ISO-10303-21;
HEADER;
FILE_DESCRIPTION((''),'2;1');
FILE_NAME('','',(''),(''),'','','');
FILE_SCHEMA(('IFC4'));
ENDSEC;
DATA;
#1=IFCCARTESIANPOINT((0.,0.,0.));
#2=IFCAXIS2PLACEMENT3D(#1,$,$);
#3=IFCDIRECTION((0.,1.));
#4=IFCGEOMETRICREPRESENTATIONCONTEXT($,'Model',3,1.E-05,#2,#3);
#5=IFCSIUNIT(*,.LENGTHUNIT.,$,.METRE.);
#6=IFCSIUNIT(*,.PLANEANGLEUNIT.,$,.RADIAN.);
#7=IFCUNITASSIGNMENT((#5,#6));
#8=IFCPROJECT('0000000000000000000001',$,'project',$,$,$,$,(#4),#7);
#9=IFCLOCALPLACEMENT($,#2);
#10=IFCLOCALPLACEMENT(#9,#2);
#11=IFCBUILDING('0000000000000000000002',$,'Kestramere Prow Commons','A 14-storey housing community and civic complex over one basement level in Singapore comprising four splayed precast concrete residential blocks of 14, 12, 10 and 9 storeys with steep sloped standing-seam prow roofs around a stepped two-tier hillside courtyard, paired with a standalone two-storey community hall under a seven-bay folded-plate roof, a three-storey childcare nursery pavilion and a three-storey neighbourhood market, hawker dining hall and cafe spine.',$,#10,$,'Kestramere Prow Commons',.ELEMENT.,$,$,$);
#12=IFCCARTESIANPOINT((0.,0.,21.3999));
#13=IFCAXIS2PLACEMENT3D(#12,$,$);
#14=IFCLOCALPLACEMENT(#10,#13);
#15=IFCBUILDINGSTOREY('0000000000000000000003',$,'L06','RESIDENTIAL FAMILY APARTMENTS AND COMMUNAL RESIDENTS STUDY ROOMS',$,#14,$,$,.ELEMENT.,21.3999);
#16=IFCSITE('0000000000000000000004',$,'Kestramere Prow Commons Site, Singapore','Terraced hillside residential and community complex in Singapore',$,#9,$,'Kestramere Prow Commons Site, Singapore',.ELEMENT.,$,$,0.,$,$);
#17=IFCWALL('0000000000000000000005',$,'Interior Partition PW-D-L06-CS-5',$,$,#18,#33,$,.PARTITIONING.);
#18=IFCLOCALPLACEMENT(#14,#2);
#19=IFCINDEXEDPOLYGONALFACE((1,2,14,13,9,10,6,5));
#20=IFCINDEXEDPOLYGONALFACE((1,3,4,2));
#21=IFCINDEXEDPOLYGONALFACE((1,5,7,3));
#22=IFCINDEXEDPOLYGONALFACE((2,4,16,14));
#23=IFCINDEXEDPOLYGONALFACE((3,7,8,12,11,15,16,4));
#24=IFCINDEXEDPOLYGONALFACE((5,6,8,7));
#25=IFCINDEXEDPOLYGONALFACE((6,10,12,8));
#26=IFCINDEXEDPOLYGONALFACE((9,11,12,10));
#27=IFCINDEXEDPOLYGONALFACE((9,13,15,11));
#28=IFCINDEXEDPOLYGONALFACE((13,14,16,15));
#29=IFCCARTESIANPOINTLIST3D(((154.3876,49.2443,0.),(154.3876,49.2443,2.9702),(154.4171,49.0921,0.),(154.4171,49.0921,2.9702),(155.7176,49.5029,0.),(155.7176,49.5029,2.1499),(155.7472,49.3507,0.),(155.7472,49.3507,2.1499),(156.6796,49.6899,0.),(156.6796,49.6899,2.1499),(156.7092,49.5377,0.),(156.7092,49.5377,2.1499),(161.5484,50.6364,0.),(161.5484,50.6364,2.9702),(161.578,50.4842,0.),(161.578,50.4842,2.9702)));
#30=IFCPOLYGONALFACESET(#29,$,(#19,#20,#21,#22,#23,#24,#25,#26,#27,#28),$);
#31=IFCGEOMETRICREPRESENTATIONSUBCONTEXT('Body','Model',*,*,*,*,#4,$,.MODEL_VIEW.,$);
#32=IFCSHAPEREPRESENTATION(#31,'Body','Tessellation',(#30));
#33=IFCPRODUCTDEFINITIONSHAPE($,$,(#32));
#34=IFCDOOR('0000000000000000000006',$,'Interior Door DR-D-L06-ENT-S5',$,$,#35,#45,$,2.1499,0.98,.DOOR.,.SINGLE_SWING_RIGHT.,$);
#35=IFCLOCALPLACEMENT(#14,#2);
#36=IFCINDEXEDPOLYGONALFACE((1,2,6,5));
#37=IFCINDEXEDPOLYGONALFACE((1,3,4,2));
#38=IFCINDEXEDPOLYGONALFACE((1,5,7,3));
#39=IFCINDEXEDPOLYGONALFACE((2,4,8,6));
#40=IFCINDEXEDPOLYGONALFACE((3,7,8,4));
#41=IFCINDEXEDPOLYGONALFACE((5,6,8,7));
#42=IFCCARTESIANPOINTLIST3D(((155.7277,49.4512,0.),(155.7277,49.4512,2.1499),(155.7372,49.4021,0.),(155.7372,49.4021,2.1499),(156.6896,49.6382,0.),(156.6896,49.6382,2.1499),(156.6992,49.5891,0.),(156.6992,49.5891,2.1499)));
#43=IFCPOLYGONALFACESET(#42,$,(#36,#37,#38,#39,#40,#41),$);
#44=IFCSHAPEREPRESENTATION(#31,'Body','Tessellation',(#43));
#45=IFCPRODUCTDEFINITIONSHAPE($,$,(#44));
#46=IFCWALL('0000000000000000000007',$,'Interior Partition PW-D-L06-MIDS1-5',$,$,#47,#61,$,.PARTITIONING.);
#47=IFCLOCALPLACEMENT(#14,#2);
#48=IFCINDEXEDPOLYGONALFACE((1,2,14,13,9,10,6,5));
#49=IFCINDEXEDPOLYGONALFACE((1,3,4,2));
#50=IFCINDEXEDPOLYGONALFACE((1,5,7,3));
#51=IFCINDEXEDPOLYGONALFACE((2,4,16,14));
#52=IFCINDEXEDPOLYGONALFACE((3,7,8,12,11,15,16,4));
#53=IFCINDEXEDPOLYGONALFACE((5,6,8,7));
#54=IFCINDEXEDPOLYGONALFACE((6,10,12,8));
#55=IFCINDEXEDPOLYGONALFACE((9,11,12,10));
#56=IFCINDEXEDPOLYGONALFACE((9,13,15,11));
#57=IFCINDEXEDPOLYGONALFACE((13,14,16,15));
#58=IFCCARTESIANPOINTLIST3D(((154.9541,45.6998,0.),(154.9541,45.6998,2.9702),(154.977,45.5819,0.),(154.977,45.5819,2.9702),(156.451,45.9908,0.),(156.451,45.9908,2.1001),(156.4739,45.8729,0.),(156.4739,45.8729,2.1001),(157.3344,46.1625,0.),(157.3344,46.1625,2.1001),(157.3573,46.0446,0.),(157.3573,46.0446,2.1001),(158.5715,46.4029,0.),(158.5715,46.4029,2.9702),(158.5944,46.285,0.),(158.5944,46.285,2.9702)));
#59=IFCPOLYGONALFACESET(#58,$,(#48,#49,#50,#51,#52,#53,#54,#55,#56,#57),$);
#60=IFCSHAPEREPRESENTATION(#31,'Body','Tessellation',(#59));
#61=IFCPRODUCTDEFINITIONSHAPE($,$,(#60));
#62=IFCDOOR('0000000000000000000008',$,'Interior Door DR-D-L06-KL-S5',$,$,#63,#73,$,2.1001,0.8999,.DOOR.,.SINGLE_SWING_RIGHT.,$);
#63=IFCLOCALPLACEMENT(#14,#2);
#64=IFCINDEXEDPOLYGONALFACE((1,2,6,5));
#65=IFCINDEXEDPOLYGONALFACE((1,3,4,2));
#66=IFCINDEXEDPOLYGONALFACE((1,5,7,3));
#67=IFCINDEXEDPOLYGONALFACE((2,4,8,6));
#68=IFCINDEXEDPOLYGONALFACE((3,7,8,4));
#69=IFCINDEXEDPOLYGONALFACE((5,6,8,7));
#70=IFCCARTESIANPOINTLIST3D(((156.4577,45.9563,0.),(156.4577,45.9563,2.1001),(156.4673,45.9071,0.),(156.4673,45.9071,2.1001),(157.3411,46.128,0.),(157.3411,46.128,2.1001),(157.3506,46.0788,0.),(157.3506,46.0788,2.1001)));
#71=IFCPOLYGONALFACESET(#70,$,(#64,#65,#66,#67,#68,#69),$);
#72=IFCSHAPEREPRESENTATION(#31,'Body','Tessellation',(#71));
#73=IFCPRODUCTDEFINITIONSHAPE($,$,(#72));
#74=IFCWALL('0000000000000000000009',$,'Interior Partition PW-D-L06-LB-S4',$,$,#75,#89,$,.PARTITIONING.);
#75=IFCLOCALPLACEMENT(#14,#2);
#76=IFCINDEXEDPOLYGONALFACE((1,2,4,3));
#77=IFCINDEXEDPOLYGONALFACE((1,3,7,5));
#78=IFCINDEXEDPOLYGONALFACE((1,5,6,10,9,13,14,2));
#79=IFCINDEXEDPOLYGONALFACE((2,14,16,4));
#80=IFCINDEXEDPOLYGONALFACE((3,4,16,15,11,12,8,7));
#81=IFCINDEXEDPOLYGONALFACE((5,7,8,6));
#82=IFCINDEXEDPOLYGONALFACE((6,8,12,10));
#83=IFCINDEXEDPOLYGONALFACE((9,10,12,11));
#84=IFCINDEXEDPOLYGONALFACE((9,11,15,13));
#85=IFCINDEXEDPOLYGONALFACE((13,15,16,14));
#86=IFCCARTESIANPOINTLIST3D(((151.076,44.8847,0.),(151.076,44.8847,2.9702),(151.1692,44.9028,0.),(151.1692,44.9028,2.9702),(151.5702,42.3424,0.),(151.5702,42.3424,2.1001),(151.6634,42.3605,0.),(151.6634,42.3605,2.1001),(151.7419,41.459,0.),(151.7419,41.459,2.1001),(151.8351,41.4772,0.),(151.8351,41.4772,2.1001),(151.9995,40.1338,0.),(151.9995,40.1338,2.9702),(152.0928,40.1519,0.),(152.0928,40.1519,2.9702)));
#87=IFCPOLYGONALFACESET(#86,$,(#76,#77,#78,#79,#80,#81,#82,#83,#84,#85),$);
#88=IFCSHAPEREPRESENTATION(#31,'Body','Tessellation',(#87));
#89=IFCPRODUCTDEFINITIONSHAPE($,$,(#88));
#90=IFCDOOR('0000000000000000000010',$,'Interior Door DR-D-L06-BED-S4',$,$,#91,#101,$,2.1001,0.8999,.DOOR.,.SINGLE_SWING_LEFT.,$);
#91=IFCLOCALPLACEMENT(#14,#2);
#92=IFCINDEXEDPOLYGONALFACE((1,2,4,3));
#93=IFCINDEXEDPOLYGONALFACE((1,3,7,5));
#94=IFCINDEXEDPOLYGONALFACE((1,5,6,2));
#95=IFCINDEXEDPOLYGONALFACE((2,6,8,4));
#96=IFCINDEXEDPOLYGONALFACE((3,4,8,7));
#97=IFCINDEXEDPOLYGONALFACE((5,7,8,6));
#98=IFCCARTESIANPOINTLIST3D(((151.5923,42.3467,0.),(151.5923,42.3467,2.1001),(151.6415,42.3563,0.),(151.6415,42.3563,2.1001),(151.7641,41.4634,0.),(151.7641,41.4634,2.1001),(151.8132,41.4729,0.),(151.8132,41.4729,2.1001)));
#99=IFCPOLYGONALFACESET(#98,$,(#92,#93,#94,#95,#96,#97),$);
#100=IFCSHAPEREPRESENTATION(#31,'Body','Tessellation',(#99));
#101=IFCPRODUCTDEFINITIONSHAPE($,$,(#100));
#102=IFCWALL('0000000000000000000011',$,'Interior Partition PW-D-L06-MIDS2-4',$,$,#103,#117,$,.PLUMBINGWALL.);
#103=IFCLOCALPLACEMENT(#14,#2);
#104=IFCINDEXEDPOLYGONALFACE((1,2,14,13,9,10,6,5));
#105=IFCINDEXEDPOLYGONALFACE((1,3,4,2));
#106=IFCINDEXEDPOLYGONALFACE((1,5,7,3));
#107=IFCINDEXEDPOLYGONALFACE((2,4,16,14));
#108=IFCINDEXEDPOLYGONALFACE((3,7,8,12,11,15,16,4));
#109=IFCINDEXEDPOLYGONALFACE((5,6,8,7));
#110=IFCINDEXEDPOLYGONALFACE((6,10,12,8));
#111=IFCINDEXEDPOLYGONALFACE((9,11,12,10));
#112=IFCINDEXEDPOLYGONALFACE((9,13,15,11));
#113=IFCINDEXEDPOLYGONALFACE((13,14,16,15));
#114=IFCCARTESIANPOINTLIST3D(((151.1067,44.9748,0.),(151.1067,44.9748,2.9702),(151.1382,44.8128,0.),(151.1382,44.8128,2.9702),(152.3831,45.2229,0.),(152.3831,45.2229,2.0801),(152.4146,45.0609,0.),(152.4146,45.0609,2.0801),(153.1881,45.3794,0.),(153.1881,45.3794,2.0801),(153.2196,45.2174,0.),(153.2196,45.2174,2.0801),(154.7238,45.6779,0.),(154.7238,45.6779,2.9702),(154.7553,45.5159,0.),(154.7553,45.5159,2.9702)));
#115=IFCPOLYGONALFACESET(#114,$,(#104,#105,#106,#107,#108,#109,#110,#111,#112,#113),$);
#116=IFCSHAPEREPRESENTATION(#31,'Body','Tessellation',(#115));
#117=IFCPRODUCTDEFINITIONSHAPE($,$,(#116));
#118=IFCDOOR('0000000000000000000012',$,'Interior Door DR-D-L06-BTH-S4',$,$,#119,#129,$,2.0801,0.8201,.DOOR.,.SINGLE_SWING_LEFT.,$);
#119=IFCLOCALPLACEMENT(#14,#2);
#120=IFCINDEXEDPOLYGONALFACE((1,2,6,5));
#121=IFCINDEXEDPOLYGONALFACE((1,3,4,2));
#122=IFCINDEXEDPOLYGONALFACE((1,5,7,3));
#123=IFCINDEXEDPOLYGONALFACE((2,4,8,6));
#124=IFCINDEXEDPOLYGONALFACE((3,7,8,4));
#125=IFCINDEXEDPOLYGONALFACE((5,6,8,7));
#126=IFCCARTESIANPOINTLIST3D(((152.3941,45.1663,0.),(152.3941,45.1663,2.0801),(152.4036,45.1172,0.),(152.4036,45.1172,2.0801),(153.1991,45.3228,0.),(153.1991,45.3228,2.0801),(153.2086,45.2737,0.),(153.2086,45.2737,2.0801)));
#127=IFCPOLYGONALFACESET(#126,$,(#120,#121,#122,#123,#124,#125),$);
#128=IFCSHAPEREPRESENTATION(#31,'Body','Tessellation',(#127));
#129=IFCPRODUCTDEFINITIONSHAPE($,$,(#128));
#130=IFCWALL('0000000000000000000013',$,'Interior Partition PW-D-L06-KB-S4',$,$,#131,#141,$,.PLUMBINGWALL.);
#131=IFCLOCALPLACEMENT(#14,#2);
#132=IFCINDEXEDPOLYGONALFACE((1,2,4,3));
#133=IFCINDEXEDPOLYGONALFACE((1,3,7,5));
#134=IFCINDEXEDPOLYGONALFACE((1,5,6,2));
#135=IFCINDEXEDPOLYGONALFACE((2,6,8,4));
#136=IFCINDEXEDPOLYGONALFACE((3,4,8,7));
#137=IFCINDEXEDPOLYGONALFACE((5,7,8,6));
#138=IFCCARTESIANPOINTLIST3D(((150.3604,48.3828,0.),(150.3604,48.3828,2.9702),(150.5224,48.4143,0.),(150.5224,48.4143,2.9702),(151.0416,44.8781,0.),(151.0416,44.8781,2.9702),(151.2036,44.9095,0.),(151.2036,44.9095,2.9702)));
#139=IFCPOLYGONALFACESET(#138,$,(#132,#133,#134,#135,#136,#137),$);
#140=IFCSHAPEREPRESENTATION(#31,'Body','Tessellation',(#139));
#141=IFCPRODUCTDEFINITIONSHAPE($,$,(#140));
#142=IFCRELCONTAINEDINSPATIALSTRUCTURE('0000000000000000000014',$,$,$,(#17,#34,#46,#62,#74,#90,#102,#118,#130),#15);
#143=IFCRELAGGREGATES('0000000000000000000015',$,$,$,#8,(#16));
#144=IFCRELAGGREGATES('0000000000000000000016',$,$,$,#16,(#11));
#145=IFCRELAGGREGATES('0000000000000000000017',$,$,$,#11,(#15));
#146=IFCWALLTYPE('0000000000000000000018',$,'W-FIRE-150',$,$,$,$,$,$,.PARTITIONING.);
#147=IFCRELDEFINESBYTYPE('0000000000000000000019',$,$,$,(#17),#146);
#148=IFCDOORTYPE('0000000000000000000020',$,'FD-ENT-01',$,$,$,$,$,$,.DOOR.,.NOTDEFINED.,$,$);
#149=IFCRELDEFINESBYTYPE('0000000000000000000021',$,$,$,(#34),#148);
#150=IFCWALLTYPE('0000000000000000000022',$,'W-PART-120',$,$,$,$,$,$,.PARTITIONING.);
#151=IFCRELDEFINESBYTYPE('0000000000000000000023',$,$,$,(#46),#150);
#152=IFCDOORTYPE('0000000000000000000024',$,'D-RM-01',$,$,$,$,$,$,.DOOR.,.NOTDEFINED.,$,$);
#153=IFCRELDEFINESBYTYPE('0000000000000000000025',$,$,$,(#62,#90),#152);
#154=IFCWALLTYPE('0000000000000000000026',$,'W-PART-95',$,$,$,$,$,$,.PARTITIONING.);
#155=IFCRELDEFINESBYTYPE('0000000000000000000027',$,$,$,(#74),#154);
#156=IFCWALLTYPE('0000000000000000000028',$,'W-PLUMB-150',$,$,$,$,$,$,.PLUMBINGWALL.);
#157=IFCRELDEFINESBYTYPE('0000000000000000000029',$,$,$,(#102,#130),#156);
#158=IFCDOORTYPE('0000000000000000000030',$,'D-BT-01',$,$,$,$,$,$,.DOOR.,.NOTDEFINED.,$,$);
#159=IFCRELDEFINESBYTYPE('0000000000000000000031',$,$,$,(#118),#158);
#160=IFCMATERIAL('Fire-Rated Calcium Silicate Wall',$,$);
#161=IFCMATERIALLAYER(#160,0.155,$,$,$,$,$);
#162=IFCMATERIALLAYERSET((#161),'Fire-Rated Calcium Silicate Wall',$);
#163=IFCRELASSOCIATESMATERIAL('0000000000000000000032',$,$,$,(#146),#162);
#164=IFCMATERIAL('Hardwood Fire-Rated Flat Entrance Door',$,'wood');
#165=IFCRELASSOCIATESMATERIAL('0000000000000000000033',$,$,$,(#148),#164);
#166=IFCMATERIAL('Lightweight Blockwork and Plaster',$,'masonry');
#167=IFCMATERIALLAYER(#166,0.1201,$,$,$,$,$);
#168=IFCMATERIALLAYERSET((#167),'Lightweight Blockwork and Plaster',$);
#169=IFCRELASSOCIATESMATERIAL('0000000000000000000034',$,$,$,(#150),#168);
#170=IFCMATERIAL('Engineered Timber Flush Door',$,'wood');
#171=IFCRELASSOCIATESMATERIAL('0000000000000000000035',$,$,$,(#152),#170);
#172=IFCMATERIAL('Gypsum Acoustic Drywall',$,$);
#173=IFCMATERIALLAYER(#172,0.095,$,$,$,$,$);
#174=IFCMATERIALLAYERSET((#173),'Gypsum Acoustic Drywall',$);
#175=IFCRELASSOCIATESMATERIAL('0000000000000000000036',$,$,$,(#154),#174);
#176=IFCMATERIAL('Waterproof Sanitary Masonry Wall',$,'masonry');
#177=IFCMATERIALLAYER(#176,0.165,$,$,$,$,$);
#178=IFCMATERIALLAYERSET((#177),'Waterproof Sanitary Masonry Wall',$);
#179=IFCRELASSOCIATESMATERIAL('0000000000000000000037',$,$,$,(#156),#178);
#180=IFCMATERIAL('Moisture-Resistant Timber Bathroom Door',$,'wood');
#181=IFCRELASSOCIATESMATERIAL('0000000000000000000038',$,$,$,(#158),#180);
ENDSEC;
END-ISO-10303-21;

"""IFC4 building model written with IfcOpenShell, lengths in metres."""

from ifc_helpers import new_model, si_unit, direction, frame, frame_2d, origin, place, context, subcontext, project, spatial, rectangle, extrude, material, layer, layer_set, type_object, element, fill, save


model = new_model("IFC4")

# Units and contexts
model_context = context("Model", 3, precision=1e-05, world=origin(), true_north=direction((0.0, 1.0)))
body_context = subcontext(model_context, "Body", "Model", "MODEL_VIEW")
ifc_project = project(units=[si_unit("LENGTHUNIT", "METRE"), si_unit("PLANEANGLEUNIT", "RADIAN")], contexts=[model_context])

# Site, building, storey
site_placement = place(None, origin())
site = spatial("IfcSite", under=ifc_project, at=site_placement, Name="Kestramere Prow Commons Site, Singapore", Description="Terraced hillside residential and community complex in Singapore", LongName="Kestramere Prow Commons Site, Singapore", CompositionType="ELEMENT", RefElevation=0.0)
building_placement = place(site_placement, origin())
building = spatial("IfcBuilding", under=site, at=building_placement, Name="Kestramere Prow Commons", Description="A 14-storey housing community and civic complex over one basement level in Singapore comprising four splayed precast concrete residential blocks of 14, 12, 10 and 9 storeys with steep sloped standing-seam prow roofs around a stepped two-tier hillside courtyard, paired with a standalone two-storey community hall under a seven-bay folded-plate roof, a three-storey childcare nursery pavilion and a three-storey neighbourhood market, hawker dining hall and cafe spine.", LongName="Kestramere Prow Commons", CompositionType="ELEMENT")
storey_placement = place(building_placement, frame((0.0, 0.0, 21.3999)))
storey = spatial("IfcBuildingStorey", under=building, at=storey_placement, Name="L06", Description="RESIDENTIAL FAMILY APARTMENTS AND COMMUNAL RESIDENTS STUDY ROOMS", CompositionType="ELEMENT", Elevation=21.3999)

# Walls, openings, doors
ifc_material_1 = material(Name="Fire-Rated Calcium Silicate Wall")
ifc_layer_1 = layer(ifc_material_1, 0.155)
ifc_layer_set_1 = layer_set([ifc_layer_1], Name="Fire-Rated Calcium Silicate Wall")
wall_type_1 = type_object("IfcWallType", Name="W-FIRE-150", PredefinedType="PARTITIONING", material=ifc_layer_set_1)
wall_1_placement = place(storey_placement, frame((154.4023, 49.1682, 0.0), z_axis=(0.0, 0.0, 1.0), x_axis=(0.981623, 0.190829, 0.0)))
wall_1 = element("IfcWall", 1, at=wall_1_placement, inside=storey, type_object=wall_type_1, Name="Interior Partition PW-D-L06-CS-5", PredefinedType="PARTITIONING", context=body_context, shape_type="SweptSolid", body=[
    extrude(rectangle(XDim=7.2949, YDim=0.155, at=frame_2d((3.6475, 0.0))), origin(), (0.0, 0.0, 1.0), 2.9702),
])
opening_1_placement = place(wall_1_placement, frame((1.355, 0.0, 0.0)))
opening_1 = element("IfcOpeningElement", 2, at=opening_1_placement, cuts=wall_1, PredefinedType="OPENING", context=body_context, shape_type="SweptSolid", body=[
    extrude(rectangle(XDim=0.98, YDim=2.1499, at=frame_2d((0.49, 1.075))), frame((0.0, 0.0925, 0.0), z_axis=(0.0, -1.0, 0.0), x_axis=(1.0, 0.0, 0.0)), (0.0, 0.0, 1.0), 0.1851),
])
ifc_material_2 = material(Name="Hardwood Fire-Rated Flat Entrance Door", Category="wood")
door_type_1 = type_object("IfcDoorType", Name="FD-ENT-01", OperationType="NOTDEFINED", PredefinedType="DOOR", material=ifc_material_2)
door_1_placement = place(opening_1_placement, origin())
door_1 = element("IfcDoor", 3, at=door_1_placement, inside=storey, type_object=door_type_1, Name="Interior Door DR-D-L06-ENT-S5", OperationType="SINGLE_SWING_RIGHT", OverallHeight=2.1499, OverallWidth=0.98, PredefinedType="DOOR", context=body_context, shape_type="SweptSolid", body=[
    extrude(rectangle(XDim=0.98, YDim=2.1499, at=frame_2d((0.49, 1.075))), frame((0.0, 0.0249, 0.0), z_axis=(0.0, -1.0, 0.0), x_axis=(1.0, 0.0, 0.0)), (0.0, 0.0, 1.0), 0.05),
])
fill(opening_1, door_1)
ifc_material_3 = material(Name="Lightweight Blockwork and Plaster", Category="masonry")
ifc_layer_2 = layer(ifc_material_3, 0.1201)
ifc_layer_set_2 = layer_set([ifc_layer_2], Name="Lightweight Blockwork and Plaster")
wall_type_2 = type_object("IfcWallType", Name="W-PART-120", PredefinedType="PARTITIONING", material=ifc_layer_set_2)
wall_2_placement = place(storey_placement, frame((154.9656, 45.6409, 0.0), z_axis=(0.0, 0.0, 1.0), x_axis=(0.981629, 0.190801, 0.0)))
wall_2 = element("IfcWall", 4, at=wall_2_placement, inside=storey, type_object=wall_type_2, Name="Interior Partition PW-D-L06-MIDS1-5", PredefinedType="PARTITIONING", context=body_context, shape_type="SweptSolid", body=[
    extrude(rectangle(XDim=3.6851, YDim=0.1201, at=frame_2d((1.8425, 0.0))), origin(), (0.0, 0.0, 1.0), 2.9702),
])
opening_2_placement = place(wall_2_placement, frame((1.5249, 0.0, 0.0)))
opening_2 = element("IfcOpeningElement", 5, at=opening_2_placement, cuts=wall_2, PredefinedType="OPENING", context=body_context, shape_type="SweptSolid", body=[
    extrude(rectangle(XDim=0.8999, YDim=2.1001, at=frame_2d((0.45, 1.05))), frame((0.0, 0.075, 0.0), z_axis=(0.0, -1.0, 0.0), x_axis=(1.0, 0.0, 0.0)), (0.0, 0.0, 1.0), 0.1501),
])
ifc_material_4 = material(Name="Engineered Timber Flush Door", Category="wood")
door_type_2 = type_object("IfcDoorType", Name="D-RM-01", OperationType="NOTDEFINED", PredefinedType="DOOR", material=ifc_material_4)
door_2_placement = place(opening_2_placement, origin())
door_2 = element("IfcDoor", 6, at=door_2_placement, inside=storey, type_object=door_type_2, Name="Interior Door DR-D-L06-KL-S5", OperationType="SINGLE_SWING_RIGHT", OverallHeight=2.1001, OverallWidth=0.8999, PredefinedType="DOOR", context=body_context, shape_type="SweptSolid", body=[
    extrude(rectangle(XDim=0.8999, YDim=2.1001, at=frame_2d((0.45, 1.05))), frame((0.0, 0.0249, 0.0), z_axis=(0.0, -1.0, 0.0), x_axis=(1.0, 0.0, 0.0)), (0.0, 0.0, 1.0), 0.05),
])
fill(opening_2, door_2)
ifc_material_5 = material(Name="Gypsum Acoustic Drywall")
ifc_layer_3 = layer(ifc_material_5, 0.095)
ifc_layer_set_3 = layer_set([ifc_layer_3], Name="Gypsum Acoustic Drywall")
wall_type_3 = type_object("IfcWallType", Name="W-PART-95", PredefinedType="PARTITIONING", material=ifc_layer_set_3)
wall_3_placement = place(storey_placement, frame((152.0461, 40.1428, 0.0), z_axis=(0.0, 0.0, 1.0), x_axis=(-0.190826, 0.981624, 0.0)))
wall_3 = element("IfcWall", 7, at=wall_3_placement, inside=storey, type_object=wall_type_3, Name="Interior Partition PW-D-L06-LB-S4", PredefinedType="PARTITIONING", context=body_context, shape_type="SweptSolid", body=[
    extrude(rectangle(XDim=4.8398, YDim=0.095, at=frame_2d((2.4199, 0.0))), origin(), (0.0, 0.0, 1.0), 2.9702),
])
opening_3_placement = place(wall_3_placement, frame((1.3501, 0.0, 0.0)))
opening_3 = element("IfcOpeningElement", 8, at=opening_3_placement, cuts=wall_3, PredefinedType="OPENING", context=body_context, shape_type="SweptSolid", body=[
    extrude(rectangle(XDim=0.8999, YDim=2.1001, at=frame_2d((0.45, 1.05))), frame((0.0, 0.0625, 0.0), z_axis=(0.0, -1.0, 0.0), x_axis=(1.0, 0.0, 0.0)), (0.0, 0.0, 1.0), 0.125),
])
door_3_placement = place(opening_3_placement, origin())
door_3 = element("IfcDoor", 9, at=door_3_placement, inside=storey, type_object=door_type_2, Name="Interior Door DR-D-L06-BED-S4", OperationType="SINGLE_SWING_LEFT", OverallHeight=2.1001, OverallWidth=0.8999, PredefinedType="DOOR", context=body_context, shape_type="SweptSolid", body=[
    extrude(rectangle(XDim=0.8999, YDim=2.1001, at=frame_2d((0.45, 1.05))), frame((0.0, 0.0249, 0.0), z_axis=(0.0, -1.0, 0.0), x_axis=(1.0, 0.0, 0.0)), (0.0, 0.0, 1.0), 0.05),
])
fill(opening_3, door_3)
ifc_material_6 = material(Name="Waterproof Sanitary Masonry Wall", Category="masonry")
ifc_layer_4 = layer(ifc_material_6, 0.165)
ifc_layer_set_4 = layer_set([ifc_layer_4], Name="Waterproof Sanitary Masonry Wall")
wall_type_4 = type_object("IfcWallType", Name="W-PLUMB-150", PredefinedType="PLUMBINGWALL", material=ifc_layer_set_4)
wall_4_placement = place(storey_placement, frame((151.1226, 44.8938, 0.0), z_axis=(0.0, 0.0, 1.0), x_axis=(0.981626, 0.190813, 0.0)))
wall_4 = element("IfcWall", 10, at=wall_4_placement, inside=storey, type_object=wall_type_4, Name="Interior Partition PW-D-L06-MIDS2-4", PredefinedType="PLUMBINGWALL", context=body_context, shape_type="SweptSolid", body=[
    extrude(rectangle(XDim=3.6848, YDim=0.165, at=frame_2d((1.8423, 0.0))), origin(), (0.0, 0.0, 1.0), 2.9702),
])
opening_4_placement = place(wall_4_placement, frame((1.3, 0.0, 0.0)))
opening_4 = element("IfcOpeningElement", 11, at=opening_4_placement, cuts=wall_4, PredefinedType="OPENING", context=body_context, shape_type="SweptSolid", body=[
    extrude(rectangle(XDim=0.8201, YDim=2.0801, at=frame_2d((0.4102, 1.04))), frame((0.0, 0.0974, 0.0), z_axis=(0.0, -1.0, 0.0), x_axis=(1.0, 0.0, 0.0)), (0.0, 0.0, 1.0), 0.1951),
])
ifc_material_7 = material(Name="Moisture-Resistant Timber Bathroom Door", Category="wood")
door_type_3 = type_object("IfcDoorType", Name="D-BT-01", OperationType="NOTDEFINED", PredefinedType="DOOR", material=ifc_material_7)
door_4_placement = place(opening_4_placement, origin())
door_4 = element("IfcDoor", 12, at=door_4_placement, inside=storey, type_object=door_type_3, Name="Interior Door DR-D-L06-BTH-S4", OperationType="SINGLE_SWING_LEFT", OverallHeight=2.0801, OverallWidth=0.8201, PredefinedType="DOOR", context=body_context, shape_type="SweptSolid", body=[
    extrude(rectangle(XDim=0.8201, YDim=2.0801, at=frame_2d((0.4102, 1.04))), frame((0.0, 0.0249, 0.0), z_axis=(0.0, -1.0, 0.0), x_axis=(1.0, 0.0, 0.0)), (0.0, 0.0, 1.0), 0.05),
])
fill(opening_4, door_4)

# Wall
wall_5_placement = place(storey_placement, frame((151.1226, 44.8938, 0.0), z_axis=(0.0, 0.0, 1.0), x_axis=(-0.190787, 0.981631, 0.0)))
element("IfcWall", 13, at=wall_5_placement, inside=storey, type_object=wall_type_4, Name="Interior Partition PW-D-L06-KB-S4", PredefinedType="PLUMBINGWALL", context=body_context, shape_type="SweptSolid", body=[
    extrude(rectangle(XDim=3.5703, YDim=0.165, at=frame_2d((1.7852, 0.0))), origin(), (0.0, 0.0, 1.0), 2.9702),
])

save(model, "model.ifc")
